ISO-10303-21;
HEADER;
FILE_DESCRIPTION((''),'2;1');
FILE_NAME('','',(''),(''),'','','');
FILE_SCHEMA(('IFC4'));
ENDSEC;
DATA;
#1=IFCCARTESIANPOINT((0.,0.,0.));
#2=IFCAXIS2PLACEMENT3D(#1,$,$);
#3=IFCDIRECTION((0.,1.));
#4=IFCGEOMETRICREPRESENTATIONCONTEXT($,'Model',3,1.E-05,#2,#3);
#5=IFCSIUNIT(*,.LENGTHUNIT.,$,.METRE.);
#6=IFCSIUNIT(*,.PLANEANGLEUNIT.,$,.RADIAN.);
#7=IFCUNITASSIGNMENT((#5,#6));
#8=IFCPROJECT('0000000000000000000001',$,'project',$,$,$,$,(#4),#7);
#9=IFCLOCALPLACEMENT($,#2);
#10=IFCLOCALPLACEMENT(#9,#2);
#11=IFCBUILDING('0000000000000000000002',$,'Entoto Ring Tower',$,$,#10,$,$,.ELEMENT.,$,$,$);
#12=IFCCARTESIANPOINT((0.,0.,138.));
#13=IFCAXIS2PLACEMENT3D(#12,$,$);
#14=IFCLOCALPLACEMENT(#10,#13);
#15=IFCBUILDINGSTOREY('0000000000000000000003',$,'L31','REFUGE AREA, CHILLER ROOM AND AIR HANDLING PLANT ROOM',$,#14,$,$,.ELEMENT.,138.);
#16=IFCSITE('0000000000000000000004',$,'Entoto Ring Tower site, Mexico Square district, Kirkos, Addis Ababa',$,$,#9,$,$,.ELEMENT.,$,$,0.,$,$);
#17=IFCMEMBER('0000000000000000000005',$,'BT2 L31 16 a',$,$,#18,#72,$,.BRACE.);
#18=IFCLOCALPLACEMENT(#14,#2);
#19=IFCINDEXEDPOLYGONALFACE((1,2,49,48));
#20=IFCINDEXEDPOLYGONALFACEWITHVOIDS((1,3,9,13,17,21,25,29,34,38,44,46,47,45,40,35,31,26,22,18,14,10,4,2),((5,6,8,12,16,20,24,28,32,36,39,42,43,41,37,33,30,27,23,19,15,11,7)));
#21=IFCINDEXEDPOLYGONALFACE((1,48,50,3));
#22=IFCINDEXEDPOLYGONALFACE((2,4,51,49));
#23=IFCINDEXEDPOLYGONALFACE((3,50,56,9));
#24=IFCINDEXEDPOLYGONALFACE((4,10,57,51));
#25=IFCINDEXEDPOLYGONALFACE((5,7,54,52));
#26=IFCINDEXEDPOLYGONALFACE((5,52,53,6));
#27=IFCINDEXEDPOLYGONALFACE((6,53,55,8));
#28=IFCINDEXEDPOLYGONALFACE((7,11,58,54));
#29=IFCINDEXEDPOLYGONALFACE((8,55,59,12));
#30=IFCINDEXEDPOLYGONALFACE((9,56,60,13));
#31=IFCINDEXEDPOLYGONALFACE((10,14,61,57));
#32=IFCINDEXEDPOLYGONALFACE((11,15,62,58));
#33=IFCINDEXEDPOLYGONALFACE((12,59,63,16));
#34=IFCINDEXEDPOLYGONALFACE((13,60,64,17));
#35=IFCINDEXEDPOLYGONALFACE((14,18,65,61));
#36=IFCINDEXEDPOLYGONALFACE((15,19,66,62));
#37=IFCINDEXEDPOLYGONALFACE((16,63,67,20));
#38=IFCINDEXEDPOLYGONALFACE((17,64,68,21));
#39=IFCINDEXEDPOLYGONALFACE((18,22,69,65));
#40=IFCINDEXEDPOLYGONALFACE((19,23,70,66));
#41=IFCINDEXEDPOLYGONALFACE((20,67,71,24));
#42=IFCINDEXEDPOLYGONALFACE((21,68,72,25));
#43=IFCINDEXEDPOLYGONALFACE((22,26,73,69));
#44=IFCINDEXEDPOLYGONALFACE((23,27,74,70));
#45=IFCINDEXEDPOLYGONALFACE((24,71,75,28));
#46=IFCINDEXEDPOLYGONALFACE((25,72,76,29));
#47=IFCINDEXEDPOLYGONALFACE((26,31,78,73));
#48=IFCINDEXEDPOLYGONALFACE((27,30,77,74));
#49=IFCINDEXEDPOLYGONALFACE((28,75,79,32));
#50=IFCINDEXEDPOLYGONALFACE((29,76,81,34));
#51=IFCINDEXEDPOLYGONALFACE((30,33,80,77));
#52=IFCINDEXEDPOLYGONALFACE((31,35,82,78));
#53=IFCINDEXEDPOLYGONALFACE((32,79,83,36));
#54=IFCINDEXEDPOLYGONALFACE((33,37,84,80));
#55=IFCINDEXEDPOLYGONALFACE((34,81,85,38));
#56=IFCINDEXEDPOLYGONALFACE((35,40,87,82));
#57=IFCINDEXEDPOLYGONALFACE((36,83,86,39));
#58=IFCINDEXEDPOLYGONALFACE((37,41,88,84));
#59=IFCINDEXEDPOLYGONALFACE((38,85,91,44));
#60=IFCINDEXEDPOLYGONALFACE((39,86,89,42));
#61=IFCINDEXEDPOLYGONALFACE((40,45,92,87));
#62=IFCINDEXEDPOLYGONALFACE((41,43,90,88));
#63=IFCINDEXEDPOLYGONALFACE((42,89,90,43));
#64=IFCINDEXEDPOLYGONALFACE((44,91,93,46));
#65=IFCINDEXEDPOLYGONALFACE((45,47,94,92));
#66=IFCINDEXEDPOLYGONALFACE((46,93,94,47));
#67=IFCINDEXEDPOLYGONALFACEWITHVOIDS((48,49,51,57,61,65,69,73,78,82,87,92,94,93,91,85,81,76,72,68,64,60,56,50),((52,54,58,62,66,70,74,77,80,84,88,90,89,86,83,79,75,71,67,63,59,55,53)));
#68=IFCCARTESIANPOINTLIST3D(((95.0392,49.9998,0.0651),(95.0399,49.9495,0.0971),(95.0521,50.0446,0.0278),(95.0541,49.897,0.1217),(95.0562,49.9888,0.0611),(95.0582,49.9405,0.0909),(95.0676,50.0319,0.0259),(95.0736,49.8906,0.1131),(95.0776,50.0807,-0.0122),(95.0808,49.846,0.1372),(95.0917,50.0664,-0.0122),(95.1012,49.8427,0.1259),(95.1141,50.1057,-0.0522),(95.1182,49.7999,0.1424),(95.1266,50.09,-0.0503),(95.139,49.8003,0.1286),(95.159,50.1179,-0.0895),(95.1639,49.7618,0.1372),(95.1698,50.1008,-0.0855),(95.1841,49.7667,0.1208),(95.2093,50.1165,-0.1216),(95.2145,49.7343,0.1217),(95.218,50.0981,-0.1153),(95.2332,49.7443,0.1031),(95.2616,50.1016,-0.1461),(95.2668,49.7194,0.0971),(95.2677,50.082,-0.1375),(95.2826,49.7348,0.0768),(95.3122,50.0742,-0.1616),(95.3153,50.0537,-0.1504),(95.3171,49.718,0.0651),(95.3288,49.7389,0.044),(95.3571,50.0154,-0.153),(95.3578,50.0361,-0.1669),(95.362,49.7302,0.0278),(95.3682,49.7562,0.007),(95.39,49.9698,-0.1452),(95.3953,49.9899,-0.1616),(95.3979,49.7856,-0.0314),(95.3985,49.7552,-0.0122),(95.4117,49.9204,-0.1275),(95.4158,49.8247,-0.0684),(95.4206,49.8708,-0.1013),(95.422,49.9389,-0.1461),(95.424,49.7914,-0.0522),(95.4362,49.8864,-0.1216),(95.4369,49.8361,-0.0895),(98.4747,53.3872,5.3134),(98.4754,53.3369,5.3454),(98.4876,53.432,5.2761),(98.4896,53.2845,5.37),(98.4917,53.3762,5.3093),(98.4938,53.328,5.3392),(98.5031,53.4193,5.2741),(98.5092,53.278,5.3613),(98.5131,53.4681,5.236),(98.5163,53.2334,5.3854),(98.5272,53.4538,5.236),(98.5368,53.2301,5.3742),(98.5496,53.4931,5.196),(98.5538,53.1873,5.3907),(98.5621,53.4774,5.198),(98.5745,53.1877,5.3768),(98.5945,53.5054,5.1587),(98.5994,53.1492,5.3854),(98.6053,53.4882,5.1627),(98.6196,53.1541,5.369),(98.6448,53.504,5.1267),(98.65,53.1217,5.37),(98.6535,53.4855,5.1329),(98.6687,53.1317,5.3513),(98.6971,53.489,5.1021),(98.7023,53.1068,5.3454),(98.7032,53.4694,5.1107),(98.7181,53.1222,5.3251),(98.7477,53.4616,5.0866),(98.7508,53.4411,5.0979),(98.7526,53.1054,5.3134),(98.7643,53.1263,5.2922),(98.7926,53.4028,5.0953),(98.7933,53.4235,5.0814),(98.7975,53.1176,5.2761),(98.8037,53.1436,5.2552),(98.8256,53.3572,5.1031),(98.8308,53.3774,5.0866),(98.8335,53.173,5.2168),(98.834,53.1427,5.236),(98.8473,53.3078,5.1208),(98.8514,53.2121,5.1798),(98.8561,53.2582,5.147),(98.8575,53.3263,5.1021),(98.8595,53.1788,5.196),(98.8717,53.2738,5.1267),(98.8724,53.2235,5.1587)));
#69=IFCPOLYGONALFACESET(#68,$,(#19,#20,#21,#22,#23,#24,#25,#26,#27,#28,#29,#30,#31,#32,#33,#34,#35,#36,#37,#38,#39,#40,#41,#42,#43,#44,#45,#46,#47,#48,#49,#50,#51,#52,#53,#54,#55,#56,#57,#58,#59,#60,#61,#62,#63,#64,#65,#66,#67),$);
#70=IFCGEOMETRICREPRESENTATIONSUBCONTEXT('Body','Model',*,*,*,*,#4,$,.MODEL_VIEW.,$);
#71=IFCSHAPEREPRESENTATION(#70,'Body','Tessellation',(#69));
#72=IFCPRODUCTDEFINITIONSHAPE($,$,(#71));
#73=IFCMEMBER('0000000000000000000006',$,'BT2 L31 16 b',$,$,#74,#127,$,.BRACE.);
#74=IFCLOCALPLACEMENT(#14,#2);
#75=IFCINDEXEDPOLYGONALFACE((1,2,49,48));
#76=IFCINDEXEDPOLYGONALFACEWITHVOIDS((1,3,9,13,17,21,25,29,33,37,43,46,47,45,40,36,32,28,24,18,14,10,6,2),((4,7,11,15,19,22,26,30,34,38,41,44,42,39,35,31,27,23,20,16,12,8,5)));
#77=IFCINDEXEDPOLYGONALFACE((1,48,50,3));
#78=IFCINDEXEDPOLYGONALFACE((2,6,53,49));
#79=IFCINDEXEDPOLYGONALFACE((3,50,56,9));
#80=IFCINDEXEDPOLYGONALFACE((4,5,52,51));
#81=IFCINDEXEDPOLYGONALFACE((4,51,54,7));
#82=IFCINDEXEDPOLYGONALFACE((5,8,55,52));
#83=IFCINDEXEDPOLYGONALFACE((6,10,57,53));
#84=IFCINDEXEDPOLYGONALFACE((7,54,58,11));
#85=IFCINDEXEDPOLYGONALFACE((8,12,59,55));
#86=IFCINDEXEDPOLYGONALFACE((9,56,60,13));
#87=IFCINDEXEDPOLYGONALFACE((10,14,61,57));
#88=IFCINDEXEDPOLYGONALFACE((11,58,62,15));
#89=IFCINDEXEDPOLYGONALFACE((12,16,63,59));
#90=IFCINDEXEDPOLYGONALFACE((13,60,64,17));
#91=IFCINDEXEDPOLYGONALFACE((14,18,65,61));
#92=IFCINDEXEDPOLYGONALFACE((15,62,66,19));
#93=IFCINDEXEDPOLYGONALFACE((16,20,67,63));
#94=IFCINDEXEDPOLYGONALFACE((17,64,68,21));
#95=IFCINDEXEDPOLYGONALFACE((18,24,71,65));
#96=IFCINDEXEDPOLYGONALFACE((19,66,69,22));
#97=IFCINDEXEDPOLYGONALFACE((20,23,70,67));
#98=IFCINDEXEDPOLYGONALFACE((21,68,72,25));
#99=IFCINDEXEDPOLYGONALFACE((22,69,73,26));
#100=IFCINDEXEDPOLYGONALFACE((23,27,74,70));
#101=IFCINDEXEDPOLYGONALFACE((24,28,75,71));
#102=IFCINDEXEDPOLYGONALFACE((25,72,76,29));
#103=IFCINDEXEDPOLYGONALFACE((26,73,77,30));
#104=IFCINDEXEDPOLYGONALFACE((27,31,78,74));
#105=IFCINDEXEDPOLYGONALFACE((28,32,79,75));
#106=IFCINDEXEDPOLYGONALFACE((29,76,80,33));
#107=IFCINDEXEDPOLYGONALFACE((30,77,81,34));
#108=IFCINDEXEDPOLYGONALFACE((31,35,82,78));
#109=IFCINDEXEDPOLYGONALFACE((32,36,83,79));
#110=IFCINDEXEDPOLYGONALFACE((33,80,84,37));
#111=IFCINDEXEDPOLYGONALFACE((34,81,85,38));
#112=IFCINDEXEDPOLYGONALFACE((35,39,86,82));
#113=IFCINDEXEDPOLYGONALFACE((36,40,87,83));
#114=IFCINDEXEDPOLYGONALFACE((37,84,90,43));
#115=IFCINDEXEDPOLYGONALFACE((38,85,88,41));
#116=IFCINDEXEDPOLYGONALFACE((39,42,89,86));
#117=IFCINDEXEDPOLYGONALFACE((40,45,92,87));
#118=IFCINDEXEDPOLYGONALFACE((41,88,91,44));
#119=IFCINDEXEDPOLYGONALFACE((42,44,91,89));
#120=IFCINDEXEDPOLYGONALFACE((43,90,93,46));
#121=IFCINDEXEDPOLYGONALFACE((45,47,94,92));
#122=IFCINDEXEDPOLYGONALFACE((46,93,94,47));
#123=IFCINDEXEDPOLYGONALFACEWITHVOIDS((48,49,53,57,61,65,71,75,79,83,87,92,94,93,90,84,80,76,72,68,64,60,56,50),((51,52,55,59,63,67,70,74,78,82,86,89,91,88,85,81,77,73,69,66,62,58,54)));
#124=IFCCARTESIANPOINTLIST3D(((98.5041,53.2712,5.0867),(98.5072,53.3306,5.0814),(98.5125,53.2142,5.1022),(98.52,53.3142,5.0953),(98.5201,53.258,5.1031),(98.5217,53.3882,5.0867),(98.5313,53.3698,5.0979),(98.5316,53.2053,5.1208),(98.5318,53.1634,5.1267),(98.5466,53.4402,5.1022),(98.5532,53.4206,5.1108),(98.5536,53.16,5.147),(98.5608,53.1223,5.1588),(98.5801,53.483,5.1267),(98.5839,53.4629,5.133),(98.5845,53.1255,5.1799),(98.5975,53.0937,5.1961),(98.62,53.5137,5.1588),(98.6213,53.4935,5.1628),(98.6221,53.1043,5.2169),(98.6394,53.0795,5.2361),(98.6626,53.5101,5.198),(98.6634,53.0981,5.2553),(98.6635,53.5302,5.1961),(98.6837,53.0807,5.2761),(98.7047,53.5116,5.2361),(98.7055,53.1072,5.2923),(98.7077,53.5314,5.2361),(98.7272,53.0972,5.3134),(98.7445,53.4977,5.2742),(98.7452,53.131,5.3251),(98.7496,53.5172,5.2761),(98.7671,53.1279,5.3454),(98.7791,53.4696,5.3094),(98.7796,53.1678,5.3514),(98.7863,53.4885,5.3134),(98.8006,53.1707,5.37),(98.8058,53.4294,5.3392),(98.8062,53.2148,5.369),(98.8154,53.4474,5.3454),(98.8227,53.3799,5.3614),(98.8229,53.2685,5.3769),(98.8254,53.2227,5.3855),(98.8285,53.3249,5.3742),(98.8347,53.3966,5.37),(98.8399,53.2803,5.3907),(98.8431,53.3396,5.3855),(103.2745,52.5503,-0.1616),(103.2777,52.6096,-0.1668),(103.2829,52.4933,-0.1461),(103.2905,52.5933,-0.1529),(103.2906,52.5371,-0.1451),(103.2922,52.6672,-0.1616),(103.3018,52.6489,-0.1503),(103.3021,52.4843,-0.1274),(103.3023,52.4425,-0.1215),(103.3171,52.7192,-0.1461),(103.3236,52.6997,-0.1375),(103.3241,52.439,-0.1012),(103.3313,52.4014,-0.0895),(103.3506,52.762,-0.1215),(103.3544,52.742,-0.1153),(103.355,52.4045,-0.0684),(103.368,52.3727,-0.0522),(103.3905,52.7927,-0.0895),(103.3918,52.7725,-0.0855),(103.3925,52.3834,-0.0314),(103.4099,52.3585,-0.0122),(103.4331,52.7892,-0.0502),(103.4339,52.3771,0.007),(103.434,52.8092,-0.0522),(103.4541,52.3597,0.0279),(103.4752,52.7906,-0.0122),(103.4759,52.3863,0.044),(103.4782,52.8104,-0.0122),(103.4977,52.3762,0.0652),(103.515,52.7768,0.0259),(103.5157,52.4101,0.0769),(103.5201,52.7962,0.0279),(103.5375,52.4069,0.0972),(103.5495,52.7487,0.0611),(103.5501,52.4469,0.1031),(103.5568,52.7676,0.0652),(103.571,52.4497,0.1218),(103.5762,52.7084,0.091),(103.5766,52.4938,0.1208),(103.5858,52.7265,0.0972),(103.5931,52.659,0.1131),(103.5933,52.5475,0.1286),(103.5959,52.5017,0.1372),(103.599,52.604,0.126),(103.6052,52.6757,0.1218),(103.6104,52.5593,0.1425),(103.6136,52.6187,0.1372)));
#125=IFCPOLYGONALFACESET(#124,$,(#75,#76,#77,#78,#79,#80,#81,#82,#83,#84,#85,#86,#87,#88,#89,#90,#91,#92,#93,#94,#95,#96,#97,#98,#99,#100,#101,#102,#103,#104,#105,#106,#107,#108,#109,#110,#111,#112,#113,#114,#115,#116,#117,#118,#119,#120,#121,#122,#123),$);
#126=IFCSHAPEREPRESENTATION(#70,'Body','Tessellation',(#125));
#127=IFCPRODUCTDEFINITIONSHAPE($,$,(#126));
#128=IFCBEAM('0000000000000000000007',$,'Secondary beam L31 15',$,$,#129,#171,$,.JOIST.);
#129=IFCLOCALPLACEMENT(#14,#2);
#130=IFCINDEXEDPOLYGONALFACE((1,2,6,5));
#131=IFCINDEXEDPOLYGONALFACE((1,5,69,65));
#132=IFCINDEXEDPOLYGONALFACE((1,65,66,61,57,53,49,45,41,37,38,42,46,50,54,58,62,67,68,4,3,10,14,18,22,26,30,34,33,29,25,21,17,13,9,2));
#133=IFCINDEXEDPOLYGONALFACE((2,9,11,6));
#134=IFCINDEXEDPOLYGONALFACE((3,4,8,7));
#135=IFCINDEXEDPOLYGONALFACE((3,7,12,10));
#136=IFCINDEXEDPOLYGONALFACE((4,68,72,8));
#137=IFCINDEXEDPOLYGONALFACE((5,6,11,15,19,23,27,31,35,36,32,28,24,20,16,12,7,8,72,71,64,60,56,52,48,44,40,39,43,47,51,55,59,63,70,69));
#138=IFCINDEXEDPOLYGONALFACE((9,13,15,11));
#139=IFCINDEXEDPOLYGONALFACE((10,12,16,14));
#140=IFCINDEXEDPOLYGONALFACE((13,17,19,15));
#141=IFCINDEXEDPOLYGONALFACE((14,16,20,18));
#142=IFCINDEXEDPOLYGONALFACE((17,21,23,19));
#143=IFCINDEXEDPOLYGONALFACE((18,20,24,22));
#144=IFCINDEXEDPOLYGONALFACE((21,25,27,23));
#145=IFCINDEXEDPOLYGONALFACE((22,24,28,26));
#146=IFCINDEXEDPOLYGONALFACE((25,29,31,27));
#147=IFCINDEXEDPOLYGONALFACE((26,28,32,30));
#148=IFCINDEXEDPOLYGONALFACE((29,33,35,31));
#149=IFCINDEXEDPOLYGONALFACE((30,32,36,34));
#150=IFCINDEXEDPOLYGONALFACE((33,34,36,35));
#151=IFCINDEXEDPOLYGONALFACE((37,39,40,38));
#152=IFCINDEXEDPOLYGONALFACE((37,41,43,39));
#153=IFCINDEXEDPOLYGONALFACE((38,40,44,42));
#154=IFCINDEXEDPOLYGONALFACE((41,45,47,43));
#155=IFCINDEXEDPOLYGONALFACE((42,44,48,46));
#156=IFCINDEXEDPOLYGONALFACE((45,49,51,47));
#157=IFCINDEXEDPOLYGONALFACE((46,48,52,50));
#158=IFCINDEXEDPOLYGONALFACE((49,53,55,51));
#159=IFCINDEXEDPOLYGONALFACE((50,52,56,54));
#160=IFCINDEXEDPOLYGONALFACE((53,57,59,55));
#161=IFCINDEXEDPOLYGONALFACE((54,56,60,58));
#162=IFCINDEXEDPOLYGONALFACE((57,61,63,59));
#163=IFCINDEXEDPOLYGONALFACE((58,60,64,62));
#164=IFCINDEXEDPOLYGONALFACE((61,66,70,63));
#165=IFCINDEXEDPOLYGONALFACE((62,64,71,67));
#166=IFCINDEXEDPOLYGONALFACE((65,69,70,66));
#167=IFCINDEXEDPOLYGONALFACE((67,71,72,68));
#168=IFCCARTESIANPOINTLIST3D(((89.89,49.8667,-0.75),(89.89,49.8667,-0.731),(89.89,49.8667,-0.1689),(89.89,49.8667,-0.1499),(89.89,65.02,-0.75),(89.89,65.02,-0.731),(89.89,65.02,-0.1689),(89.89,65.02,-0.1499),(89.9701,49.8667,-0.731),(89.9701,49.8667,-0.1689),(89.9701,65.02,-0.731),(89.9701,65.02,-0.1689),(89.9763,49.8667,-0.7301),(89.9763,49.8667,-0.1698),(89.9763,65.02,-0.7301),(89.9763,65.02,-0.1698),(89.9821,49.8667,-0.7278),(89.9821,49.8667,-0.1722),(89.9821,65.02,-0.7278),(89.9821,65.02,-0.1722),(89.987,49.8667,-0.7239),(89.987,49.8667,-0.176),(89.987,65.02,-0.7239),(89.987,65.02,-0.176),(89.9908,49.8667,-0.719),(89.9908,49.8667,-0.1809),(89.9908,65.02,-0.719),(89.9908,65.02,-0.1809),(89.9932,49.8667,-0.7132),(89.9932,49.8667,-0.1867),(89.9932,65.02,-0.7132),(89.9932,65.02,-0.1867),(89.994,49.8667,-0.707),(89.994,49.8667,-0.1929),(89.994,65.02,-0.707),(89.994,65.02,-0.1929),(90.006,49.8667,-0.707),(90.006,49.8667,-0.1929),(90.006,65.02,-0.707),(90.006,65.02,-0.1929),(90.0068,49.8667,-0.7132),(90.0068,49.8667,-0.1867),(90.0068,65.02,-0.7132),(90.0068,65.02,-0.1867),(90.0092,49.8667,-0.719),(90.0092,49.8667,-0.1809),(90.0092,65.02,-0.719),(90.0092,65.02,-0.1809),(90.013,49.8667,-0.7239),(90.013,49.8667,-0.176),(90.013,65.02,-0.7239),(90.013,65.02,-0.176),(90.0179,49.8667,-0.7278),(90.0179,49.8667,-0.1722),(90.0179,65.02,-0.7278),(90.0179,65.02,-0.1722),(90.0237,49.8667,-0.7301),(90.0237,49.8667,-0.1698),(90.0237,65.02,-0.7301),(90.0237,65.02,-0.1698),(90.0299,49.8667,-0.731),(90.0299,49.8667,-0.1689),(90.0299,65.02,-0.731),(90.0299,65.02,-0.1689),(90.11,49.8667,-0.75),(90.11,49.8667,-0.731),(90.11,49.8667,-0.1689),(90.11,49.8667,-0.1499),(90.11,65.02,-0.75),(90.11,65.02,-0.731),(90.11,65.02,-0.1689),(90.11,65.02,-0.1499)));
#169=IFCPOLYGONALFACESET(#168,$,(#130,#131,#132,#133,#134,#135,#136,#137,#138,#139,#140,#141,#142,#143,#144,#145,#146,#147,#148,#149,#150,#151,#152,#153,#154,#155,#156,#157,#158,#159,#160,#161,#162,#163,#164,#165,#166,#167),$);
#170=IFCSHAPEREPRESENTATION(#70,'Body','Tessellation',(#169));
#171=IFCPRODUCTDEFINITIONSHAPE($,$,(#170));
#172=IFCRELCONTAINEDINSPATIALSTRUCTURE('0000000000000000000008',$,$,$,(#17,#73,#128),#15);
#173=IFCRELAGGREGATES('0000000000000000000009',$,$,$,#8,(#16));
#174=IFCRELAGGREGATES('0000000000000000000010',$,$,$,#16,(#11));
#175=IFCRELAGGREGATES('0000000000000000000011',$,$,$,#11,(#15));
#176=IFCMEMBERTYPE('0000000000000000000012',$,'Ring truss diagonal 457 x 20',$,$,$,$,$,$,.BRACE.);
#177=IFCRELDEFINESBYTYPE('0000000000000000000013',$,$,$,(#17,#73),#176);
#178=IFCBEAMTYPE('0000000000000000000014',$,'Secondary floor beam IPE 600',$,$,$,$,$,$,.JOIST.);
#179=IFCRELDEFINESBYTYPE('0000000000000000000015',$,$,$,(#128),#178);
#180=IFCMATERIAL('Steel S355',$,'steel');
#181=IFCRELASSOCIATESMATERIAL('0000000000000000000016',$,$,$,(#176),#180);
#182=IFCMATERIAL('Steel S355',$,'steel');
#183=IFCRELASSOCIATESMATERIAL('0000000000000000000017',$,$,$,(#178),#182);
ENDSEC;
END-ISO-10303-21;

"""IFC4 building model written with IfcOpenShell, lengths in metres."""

from ifc_helpers import new_model, si_unit, direction, frame, origin, origin_2d, place, context, subcontext, project, spatial, circle, hollow_circle, i_section, extrude, material, material_profile, profile_set, type_object, element, save


model = new_model("IFC4")

# Units and contexts
model_context = context("Model", 3, precision=1e-05, world=origin(), true_north=direction((0.0, 1.0)))
body_context = subcontext(model_context, "Body", "Model", "MODEL_VIEW")
ifc_project = project(units=[si_unit("LENGTHUNIT", "METRE"), si_unit("PLANEANGLEUNIT", "RADIAN")], contexts=[model_context])

# Site, building, storey
site_placement = place(None, origin())
site = spatial("IfcSite", under=ifc_project, at=site_placement, Name="Entoto Ring Tower site, Mexico Square district, Kirkos, Addis Ababa", CompositionType="ELEMENT", RefElevation=0.0)
building_placement = place(site_placement, origin())
building = spatial("IfcBuilding", under=site, at=building_placement, Name="Entoto Ring Tower", CompositionType="ELEMENT")
storey_placement = place(building_placement, frame((0.0, 0.0, 138.0)))
storey = spatial("IfcBuildingStorey", under=building, at=storey_placement, Name="L31", Description="REFUGE AREA, CHILLER ROOM AND AIR HANDLING PLANT ROOM", CompositionType="ELEMENT", Elevation=138.0)

# Members
ifc_material_1 = material(Name="Steel S355", Category="steel")
ifc_material_profile_1 = material_profile(ifc_material_1, hollow_circle(Radius=0.2285, WallThickness=0.02, at=origin_2d()), Name="CHS 457 x 20")
ifc_material_2 = material(Name="Concrete C60/75", Category="concrete")
ifc_material_profile_2 = material_profile(ifc_material_2, circle(Radius=0.2085, at=origin_2d()), Name="Concrete C60/75 infill")
ifc_profile_set_1 = profile_set([ifc_material_profile_1, ifc_material_profile_2], Name="Steel S355")
member_type_1 = type_object("IfcMemberType", Name="Ring truss diagonal 457 x 20", PredefinedType="BRACE", material=ifc_profile_set_1)
for number, where, z_axis, x_axis, name in (
    (1, (95.238, 49.918, -0.0122), (0.481913, 0.475166, 0.736191), (-0.702105, 0.712074, 0.0), "BT2 L31 16 a"),
    (2, (98.6736, 53.3054, 5.2361), (0.669173, -0.101129, -0.736193), (0.149429, 0.988772, 0.0), "BT2 L31 16 b"),
):
    element("IfcMember", number, at=place(storey_placement, frame(where, z_axis=z_axis, x_axis=x_axis)), inside=storey, type_object=member_type_1, Name=name, PredefinedType="BRACE", context=body_context, shape_type="SweptSolid", body=[
        extrude(hollow_circle(Radius=0.2285, WallThickness=0.02, at=origin_2d()), origin(), (0.0, 0.0, 1.0), 7.1289),
    ])

# Beam
ifc_material_3 = material(Name="Steel S355", Category="steel")
ifc_material_profile_3 = material_profile(ifc_material_3, i_section(OverallWidth=0.22, OverallDepth=0.6001, WebThickness=0.012, FlangeThickness=0.019, FilletRadius=0.0239, at=origin_2d()), Name="IPE 600")
ifc_profile_set_2 = profile_set([ifc_material_profile_3], Name="Steel S355")
beam_type_1 = type_object("IfcBeamType", Name="Secondary floor beam IPE 600", PredefinedType="JOIST", material=ifc_profile_set_2)
beam_1_placement = place(storey_placement, frame((90.0, 65.02, -0.45), z_axis=(0.0, -1.0, 0.0), x_axis=(1.0, 0.0, 0.0)))
element("IfcBeam", 3, at=beam_1_placement, inside=storey, type_object=beam_type_1, Name="Secondary beam L31 15", PredefinedType="JOIST", context=body_context, shape_type="SweptSolid", body=[
    extrude(i_section(OverallWidth=0.22, OverallDepth=0.6001, WebThickness=0.012, FlangeThickness=0.019, FilletRadius=0.0239, at=origin_2d()), origin(), (0.0, 0.0, 1.0), 15.1533),
])

save(model, "model.ifc")
